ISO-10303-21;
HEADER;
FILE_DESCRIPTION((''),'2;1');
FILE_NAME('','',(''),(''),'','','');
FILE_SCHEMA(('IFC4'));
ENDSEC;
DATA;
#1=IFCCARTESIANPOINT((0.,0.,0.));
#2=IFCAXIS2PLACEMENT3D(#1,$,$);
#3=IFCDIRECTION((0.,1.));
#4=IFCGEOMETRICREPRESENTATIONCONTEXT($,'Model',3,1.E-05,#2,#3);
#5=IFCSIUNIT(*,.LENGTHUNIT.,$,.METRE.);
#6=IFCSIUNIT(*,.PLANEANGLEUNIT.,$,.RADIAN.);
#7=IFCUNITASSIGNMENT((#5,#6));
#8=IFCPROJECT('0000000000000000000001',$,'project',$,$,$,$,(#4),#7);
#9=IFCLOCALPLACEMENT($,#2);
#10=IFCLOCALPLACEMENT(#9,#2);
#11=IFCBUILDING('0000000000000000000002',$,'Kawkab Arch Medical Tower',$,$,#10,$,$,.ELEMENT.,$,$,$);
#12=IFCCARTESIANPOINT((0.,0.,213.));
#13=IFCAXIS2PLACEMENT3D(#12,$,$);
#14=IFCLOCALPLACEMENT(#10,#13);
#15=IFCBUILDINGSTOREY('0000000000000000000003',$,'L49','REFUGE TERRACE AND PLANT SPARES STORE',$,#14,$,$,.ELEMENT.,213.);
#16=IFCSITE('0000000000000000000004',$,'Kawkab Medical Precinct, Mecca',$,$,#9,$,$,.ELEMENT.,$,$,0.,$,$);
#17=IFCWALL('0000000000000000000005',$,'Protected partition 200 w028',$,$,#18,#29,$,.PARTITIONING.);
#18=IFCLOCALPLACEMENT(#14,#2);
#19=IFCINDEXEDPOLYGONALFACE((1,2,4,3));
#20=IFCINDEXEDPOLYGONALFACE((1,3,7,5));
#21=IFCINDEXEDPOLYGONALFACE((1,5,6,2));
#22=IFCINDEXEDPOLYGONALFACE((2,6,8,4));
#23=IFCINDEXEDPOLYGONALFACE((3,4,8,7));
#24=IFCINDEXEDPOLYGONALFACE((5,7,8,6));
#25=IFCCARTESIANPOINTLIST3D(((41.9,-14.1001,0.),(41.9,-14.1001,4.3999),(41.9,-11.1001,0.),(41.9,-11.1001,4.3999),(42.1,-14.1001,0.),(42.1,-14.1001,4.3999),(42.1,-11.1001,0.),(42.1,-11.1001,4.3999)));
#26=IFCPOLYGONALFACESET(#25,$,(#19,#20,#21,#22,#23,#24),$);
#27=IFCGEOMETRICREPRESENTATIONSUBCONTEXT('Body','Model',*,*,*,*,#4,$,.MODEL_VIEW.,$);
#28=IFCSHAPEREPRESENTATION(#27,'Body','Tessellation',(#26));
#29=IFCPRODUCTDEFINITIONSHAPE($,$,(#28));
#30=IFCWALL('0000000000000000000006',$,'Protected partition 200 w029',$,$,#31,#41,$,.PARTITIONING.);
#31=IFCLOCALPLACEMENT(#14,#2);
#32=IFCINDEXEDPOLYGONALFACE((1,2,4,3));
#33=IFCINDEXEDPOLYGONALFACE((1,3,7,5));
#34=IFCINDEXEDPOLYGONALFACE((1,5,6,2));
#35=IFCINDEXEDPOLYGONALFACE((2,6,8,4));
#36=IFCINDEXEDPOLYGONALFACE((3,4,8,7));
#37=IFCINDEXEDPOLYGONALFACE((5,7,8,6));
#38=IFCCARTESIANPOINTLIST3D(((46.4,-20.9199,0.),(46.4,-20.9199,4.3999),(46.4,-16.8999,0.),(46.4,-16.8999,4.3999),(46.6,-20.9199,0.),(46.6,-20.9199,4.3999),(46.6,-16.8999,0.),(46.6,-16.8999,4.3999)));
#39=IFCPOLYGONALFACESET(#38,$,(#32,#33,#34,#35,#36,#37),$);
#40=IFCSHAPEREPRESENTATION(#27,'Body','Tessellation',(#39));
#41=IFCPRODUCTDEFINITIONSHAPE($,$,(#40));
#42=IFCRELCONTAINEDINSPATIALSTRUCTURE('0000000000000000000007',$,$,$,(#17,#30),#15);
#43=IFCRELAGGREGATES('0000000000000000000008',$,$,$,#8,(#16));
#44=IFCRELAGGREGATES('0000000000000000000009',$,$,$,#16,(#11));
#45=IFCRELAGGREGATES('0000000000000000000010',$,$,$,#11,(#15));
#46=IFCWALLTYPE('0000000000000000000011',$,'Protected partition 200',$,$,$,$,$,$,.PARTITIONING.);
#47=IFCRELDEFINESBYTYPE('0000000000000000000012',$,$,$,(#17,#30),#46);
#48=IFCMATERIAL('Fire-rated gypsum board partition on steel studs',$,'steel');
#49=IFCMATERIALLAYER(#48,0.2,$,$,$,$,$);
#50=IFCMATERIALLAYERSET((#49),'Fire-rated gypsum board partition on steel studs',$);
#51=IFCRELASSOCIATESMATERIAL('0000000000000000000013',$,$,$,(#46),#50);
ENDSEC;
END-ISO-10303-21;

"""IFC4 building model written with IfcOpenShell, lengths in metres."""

from ifc_helpers import new_model, si_unit, direction, frame, frame_2d, origin, place, context, subcontext, project, spatial, rectangle, extrude, material, layer, layer_set, type_object, element, save


model = new_model("IFC4")

# Units and contexts
model_context = context("Model", 3, precision=1e-05, world=origin(), true_north=direction((0.0, 1.0)))
body_context = subcontext(model_context, "Body", "Model", "MODEL_VIEW")
ifc_project = project(units=[si_unit("LENGTHUNIT", "METRE"), si_unit("PLANEANGLEUNIT", "RADIAN")], contexts=[model_context])

# Site, building, storey
site_placement = place(None, origin())
site = spatial("IfcSite", under=ifc_project, at=site_placement, Name="Kawkab Medical Precinct, Mecca", CompositionType="ELEMENT", RefElevation=0.0)
building_placement = place(site_placement, origin())
building = spatial("IfcBuilding", under=site, at=building_placement, Name="Kawkab Arch Medical Tower", CompositionType="ELEMENT")
storey_placement = place(building_placement, frame((0.0, 0.0, 213.0)))
storey = spatial("IfcBuildingStorey", under=building, at=storey_placement, Name="L49", Description="REFUGE TERRACE AND PLANT SPARES STORE", CompositionType="ELEMENT", Elevation=213.0)

# Shared definitions
ifc_material_1 = material(Name="Fire-rated gypsum board partition on steel studs", Category="steel")
ifc_layer_1 = layer(ifc_material_1, 0.2)
ifc_layer_set_1 = layer_set([ifc_layer_1], Name="Fire-rated gypsum board partition on steel studs")
wall_type_1 = type_object("IfcWallType", Name="Protected partition 200", PredefinedType="PARTITIONING", material=ifc_layer_set_1)

# Walls
wall_1_placement = place(storey_placement, frame((42.0, -14.1001, 0.0), z_axis=(0.0, 0.0, 1.0), x_axis=(0.0, 1.0, 0.0)))
element("IfcWall", 1, at=wall_1_placement, inside=storey, type_object=wall_type_1, Name="Protected partition 200 w028", PredefinedType="PARTITIONING", context=body_context, shape_type="SweptSolid", body=[
    extrude(rectangle(XDim=3.0, YDim=0.2, at=frame_2d((1.5, 0.0))), origin(), (0.0, 0.0, 1.0), 4.3999),
])
wall_2_placement = place(storey_placement, frame((46.5, -20.9199, 0.0), z_axis=(0.0, 0.0, 1.0), x_axis=(0.0, 1.0, 0.0)))
element("IfcWall", 2, at=wall_2_placement, inside=storey, type_object=wall_type_1, Name="Protected partition 200 w029", PredefinedType="PARTITIONING", context=body_context, shape_type="SweptSolid", body=[
    extrude(rectangle(XDim=4.02, YDim=0.2, at=frame_2d((2.01, 0.0))), origin(), (0.0, 0.0, 1.0), 4.3999),
])

save(model, "model.ifc")
